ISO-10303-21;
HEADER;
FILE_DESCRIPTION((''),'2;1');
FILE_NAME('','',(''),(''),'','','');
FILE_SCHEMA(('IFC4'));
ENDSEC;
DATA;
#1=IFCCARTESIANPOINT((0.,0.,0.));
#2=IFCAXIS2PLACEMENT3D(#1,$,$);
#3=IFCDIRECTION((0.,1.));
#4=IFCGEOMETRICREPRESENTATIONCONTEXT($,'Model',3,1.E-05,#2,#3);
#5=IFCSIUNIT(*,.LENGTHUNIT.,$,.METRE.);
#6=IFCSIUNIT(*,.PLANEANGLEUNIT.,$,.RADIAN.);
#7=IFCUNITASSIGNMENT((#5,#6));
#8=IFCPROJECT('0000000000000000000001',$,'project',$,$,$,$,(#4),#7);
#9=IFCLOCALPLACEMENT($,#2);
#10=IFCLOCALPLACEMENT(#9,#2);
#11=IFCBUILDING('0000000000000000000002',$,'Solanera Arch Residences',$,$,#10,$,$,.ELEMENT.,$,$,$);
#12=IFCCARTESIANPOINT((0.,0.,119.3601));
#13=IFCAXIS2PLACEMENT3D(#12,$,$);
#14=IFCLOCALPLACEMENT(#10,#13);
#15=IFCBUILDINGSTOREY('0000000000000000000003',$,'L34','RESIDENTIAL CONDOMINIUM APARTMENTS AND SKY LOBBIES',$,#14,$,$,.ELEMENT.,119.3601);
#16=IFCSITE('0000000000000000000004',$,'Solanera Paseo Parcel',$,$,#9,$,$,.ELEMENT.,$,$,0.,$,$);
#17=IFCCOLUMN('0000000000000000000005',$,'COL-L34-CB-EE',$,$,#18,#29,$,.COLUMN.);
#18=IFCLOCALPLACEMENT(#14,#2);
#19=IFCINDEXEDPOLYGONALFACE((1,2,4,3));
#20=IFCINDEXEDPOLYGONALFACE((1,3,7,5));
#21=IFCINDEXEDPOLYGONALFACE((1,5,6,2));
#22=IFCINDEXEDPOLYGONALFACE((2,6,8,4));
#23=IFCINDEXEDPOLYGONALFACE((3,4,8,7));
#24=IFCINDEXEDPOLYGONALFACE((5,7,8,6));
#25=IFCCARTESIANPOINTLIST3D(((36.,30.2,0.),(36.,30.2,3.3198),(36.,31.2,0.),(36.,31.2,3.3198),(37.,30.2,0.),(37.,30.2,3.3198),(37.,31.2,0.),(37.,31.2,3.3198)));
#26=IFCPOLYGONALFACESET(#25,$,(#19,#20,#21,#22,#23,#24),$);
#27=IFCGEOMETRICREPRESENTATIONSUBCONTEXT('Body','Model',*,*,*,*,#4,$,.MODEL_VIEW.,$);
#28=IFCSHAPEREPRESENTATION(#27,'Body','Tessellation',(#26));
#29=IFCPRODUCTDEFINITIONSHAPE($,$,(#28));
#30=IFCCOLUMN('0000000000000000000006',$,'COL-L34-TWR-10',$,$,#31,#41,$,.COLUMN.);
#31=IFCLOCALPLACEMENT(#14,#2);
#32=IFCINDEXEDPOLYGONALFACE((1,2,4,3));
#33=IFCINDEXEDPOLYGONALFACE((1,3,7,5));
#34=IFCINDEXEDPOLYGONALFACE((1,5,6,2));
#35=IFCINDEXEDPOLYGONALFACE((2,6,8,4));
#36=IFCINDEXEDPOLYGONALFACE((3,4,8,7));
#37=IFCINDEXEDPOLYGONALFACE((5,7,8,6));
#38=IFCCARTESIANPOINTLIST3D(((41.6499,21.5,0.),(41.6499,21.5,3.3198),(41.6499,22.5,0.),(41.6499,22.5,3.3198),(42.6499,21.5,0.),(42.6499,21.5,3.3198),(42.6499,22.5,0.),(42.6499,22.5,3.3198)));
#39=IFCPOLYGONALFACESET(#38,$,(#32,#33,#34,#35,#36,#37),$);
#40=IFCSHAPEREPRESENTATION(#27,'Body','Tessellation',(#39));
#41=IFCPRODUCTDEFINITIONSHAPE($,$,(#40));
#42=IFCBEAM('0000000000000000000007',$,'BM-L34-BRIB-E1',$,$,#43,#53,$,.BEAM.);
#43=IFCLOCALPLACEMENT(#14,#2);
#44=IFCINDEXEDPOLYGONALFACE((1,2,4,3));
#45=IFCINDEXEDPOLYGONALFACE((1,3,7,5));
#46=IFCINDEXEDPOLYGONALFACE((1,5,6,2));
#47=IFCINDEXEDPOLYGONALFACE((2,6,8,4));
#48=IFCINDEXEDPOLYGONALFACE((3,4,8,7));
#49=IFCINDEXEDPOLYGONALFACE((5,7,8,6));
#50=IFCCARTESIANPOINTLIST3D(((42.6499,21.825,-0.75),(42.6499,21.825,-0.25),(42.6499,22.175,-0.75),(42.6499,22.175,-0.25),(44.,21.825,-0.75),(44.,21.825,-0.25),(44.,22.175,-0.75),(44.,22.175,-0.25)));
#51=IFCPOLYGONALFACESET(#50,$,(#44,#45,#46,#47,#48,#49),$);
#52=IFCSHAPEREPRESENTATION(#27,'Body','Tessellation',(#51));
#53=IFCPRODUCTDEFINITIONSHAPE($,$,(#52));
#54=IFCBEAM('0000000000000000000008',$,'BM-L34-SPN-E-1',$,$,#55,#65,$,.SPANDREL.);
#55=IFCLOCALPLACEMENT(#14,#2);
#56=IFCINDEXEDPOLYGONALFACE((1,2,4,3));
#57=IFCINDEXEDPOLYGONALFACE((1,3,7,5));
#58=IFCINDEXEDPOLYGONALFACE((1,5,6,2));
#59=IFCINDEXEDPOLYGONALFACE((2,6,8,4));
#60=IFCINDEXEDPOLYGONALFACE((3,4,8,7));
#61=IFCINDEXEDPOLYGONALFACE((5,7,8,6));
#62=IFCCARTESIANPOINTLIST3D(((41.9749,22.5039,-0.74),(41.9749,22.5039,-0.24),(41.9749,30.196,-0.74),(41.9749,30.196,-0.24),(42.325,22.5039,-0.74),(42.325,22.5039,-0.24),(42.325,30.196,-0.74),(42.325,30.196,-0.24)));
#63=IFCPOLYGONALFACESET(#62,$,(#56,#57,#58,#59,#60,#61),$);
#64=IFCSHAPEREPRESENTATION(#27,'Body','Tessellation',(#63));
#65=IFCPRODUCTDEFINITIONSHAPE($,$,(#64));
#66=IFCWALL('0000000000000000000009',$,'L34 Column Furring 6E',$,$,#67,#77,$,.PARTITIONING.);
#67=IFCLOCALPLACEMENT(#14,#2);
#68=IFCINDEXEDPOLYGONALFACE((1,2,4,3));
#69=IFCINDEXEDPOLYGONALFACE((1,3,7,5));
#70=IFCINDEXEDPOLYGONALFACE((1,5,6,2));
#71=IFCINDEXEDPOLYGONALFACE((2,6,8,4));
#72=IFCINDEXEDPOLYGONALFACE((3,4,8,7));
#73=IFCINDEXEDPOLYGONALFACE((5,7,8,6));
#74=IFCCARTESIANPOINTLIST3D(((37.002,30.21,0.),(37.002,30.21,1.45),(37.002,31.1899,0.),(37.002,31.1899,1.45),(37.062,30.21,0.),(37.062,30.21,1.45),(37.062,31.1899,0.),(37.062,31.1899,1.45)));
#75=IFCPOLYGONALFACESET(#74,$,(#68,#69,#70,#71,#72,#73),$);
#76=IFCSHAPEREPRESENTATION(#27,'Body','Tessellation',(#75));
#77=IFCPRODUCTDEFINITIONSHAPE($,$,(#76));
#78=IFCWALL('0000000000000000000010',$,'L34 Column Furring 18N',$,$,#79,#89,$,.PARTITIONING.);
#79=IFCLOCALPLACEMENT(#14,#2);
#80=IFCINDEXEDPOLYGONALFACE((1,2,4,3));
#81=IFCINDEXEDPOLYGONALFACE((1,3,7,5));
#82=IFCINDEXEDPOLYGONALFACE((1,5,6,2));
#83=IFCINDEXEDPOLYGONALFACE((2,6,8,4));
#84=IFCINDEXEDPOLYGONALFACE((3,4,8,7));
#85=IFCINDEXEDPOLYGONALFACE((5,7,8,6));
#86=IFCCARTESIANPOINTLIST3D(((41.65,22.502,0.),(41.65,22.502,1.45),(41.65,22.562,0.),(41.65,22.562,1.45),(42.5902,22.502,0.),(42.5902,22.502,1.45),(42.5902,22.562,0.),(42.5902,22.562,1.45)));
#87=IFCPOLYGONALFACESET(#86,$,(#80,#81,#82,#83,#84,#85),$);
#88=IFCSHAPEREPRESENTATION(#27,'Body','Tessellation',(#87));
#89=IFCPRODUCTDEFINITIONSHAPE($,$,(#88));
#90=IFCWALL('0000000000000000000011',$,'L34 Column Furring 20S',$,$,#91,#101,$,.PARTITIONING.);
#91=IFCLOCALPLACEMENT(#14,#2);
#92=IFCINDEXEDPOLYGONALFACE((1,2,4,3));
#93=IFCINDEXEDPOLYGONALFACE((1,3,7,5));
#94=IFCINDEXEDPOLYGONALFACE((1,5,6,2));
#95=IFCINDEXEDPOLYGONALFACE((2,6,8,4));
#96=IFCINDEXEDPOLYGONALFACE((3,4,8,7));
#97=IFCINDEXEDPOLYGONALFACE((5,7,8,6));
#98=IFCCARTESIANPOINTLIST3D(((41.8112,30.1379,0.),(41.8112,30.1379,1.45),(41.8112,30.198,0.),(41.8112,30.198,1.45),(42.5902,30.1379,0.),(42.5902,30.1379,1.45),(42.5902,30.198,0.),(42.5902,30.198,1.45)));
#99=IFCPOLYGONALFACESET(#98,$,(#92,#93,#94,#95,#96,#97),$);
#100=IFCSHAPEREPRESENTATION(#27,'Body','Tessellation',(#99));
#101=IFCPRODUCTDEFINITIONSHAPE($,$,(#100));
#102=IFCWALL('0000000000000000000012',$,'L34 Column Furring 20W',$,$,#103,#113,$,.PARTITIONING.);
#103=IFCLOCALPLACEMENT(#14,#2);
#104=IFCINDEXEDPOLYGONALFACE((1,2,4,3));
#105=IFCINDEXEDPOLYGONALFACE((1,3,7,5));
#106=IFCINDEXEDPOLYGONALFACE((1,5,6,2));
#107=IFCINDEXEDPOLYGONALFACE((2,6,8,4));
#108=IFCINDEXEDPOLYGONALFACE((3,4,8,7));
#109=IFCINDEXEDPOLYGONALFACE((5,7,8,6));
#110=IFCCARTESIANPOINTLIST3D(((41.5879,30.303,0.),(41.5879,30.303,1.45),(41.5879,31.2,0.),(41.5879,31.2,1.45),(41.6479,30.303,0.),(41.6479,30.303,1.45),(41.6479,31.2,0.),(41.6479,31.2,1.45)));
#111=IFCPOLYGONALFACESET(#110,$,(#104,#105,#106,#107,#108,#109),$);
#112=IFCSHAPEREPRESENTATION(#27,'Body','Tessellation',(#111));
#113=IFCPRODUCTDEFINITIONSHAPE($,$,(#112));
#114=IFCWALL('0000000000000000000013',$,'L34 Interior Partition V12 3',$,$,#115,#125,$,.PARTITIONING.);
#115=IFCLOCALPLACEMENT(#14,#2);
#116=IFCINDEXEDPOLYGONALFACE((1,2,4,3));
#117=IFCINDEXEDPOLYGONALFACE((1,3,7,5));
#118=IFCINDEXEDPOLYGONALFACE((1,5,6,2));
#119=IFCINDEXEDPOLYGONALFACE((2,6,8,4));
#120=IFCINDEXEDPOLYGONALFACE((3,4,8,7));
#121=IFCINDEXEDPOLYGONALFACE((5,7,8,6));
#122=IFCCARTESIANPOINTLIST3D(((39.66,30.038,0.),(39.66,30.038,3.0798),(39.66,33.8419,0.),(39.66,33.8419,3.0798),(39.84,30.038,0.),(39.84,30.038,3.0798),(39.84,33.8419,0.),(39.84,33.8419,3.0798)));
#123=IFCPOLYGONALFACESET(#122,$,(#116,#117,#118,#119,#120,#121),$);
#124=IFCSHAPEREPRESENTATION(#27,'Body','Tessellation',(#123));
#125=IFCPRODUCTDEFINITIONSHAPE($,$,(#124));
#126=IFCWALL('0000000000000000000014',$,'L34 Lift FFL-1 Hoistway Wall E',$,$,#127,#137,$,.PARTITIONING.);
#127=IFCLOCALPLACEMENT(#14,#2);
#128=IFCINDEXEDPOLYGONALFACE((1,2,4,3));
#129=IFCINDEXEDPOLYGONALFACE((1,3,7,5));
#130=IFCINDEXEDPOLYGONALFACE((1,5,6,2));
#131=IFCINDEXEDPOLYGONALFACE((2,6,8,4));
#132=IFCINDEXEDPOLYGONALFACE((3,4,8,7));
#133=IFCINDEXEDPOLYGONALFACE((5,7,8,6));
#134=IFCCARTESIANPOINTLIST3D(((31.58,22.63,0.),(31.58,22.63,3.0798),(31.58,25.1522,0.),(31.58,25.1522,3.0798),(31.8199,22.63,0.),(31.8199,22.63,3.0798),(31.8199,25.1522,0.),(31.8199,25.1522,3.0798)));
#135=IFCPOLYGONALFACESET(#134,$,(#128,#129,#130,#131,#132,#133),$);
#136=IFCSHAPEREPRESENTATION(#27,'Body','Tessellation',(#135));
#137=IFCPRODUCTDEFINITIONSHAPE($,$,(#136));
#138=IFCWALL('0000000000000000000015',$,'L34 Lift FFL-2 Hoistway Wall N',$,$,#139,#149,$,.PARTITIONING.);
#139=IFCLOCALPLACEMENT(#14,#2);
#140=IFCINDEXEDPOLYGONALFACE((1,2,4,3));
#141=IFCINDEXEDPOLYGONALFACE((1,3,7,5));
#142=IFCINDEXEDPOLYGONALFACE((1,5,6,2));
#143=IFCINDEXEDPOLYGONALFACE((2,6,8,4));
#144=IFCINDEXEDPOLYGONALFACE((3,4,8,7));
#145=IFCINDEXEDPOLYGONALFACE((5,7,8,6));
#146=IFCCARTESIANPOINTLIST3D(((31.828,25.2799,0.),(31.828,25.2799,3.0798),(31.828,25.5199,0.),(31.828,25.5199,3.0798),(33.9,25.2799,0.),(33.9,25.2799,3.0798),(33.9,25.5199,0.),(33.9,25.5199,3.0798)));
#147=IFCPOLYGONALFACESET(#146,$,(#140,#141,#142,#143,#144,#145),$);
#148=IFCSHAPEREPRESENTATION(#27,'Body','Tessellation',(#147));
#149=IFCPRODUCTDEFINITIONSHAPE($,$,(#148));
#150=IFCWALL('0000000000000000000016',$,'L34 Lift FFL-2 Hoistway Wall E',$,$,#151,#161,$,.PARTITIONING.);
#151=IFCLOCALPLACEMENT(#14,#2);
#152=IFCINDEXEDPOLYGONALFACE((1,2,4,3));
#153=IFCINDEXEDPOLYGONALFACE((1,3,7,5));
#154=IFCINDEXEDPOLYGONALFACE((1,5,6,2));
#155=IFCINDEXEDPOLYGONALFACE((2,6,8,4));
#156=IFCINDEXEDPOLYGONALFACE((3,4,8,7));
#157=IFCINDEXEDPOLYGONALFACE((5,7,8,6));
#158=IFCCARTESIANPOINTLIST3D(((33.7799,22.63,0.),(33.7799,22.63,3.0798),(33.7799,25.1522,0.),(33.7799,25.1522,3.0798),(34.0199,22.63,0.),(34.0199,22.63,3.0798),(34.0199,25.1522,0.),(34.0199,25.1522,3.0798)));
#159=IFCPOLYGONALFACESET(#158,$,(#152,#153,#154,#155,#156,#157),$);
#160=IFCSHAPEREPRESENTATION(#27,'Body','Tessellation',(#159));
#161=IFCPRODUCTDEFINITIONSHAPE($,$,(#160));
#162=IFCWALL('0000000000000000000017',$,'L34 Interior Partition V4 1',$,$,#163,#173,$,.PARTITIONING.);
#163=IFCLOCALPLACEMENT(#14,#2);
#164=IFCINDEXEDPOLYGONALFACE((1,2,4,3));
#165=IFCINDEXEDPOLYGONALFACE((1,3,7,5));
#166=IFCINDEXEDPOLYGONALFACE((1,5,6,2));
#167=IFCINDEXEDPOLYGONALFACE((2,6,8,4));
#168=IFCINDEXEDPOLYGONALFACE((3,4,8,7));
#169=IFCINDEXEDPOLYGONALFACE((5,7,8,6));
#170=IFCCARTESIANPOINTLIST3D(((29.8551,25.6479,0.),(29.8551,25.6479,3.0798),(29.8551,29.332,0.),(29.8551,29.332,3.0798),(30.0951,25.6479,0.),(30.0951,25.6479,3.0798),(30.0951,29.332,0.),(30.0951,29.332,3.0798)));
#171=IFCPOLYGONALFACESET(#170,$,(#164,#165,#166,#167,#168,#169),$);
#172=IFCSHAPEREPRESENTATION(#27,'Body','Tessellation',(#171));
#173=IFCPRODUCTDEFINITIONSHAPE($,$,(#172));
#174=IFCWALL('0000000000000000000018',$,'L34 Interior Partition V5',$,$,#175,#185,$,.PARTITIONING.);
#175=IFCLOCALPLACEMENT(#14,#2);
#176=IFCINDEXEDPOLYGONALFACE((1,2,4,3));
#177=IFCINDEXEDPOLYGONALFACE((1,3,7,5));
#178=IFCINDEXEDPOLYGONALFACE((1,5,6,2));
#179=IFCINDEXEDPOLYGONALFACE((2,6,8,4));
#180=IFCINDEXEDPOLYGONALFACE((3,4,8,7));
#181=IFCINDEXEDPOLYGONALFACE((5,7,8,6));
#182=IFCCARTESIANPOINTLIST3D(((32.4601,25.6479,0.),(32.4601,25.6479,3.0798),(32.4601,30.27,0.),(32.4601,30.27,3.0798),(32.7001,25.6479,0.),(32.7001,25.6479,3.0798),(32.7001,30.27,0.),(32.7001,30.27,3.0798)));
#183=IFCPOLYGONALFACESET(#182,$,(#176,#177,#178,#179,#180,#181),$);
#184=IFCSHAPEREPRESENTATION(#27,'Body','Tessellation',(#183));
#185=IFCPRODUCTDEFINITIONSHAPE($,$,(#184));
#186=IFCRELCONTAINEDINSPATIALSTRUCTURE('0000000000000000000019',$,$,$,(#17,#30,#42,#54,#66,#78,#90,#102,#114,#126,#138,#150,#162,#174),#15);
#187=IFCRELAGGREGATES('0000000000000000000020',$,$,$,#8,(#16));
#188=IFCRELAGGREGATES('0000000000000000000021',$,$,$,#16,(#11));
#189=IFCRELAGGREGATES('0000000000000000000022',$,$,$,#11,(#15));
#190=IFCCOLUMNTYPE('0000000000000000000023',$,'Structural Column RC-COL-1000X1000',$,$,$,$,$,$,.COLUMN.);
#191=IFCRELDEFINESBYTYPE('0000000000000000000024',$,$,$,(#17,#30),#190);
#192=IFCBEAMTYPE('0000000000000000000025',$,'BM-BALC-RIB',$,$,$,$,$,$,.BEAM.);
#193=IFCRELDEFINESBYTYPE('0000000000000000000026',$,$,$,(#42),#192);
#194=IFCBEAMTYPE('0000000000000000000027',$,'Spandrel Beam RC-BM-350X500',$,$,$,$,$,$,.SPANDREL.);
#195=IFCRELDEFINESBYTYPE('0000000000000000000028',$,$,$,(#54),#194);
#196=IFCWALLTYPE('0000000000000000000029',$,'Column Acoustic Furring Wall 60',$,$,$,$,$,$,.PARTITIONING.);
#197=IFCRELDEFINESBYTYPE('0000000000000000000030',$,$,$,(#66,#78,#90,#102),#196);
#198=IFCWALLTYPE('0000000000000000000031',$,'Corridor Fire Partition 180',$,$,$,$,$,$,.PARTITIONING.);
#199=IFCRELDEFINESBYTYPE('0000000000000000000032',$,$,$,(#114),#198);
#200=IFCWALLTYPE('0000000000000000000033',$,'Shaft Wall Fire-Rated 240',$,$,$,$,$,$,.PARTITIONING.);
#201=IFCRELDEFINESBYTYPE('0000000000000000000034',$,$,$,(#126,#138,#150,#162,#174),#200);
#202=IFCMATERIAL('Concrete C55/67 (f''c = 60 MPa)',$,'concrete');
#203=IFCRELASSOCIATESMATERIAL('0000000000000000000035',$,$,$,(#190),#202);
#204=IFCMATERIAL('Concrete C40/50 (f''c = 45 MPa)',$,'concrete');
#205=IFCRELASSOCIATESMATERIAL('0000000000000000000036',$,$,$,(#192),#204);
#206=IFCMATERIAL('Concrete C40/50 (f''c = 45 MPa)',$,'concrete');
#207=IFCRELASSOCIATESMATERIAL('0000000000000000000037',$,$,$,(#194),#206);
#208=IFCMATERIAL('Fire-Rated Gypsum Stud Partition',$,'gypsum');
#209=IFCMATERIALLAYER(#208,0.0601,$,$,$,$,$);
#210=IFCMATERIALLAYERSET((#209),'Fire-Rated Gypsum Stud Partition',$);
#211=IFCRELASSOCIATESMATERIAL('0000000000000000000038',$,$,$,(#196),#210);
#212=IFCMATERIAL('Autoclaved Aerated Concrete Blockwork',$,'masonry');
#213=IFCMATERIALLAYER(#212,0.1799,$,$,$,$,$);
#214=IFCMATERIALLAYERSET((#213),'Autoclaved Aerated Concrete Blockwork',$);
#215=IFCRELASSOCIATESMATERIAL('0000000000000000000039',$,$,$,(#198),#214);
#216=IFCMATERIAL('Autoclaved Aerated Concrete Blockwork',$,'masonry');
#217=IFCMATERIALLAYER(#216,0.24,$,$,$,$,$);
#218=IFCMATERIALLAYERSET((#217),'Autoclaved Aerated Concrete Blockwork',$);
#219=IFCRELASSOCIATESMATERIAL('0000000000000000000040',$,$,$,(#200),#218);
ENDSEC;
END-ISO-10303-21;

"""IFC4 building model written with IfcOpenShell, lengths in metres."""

from ifc_helpers import new_model, si_unit, direction, frame, frame_2d, origin, origin_2d, place, context, subcontext, project, spatial, rectangle, extrude, material, layer, layer_set, material_profile, profile_set, type_object, element, save


model = new_model("IFC4")

# Units and contexts
model_context = context("Model", 3, precision=1e-05, world=origin(), true_north=direction((0.0, 1.0)))
body_context = subcontext(model_context, "Body", "Model", "MODEL_VIEW")
ifc_project = project(units=[si_unit("LENGTHUNIT", "METRE"), si_unit("PLANEANGLEUNIT", "RADIAN")], contexts=[model_context])

# Site, building, storey
site_placement = place(None, origin())
site = spatial("IfcSite", under=ifc_project, at=site_placement, Name="Solanera Paseo Parcel", CompositionType="ELEMENT", RefElevation=0.0)
building_placement = place(site_placement, origin())
building = spatial("IfcBuilding", under=site, at=building_placement, Name="Solanera Arch Residences", CompositionType="ELEMENT")
storey_placement = place(building_placement, frame((0.0, 0.0, 119.3601)))
storey = spatial("IfcBuildingStorey", under=building, at=storey_placement, Name="L34", Description="RESIDENTIAL CONDOMINIUM APARTMENTS AND SKY LOBBIES", CompositionType="ELEMENT", Elevation=119.3601)

# Columns
ifc_material_1 = material(Name="Concrete C55/67 (f'c = 60 MPa)", Category="concrete")
ifc_material_profile_1 = material_profile(ifc_material_1, rectangle(XDim=1.0, YDim=1.0, at=origin_2d()))
ifc_profile_set_1 = profile_set([ifc_material_profile_1], Name="Concrete C55/67 (f'c = 60 MPa)")
column_type = type_object("IfcColumnType", Name="Structural Column RC-COL-1000X1000", PredefinedType="COLUMN", material=ifc_profile_set_1)
for number, where, z_axis, x_axis, name in (
    (1, (36.5, 30.7, 0.0), (0.0, 0.0, 1.0), (1.0, 0.0, 0.0), "COL-L34-CB-EE"),
    (2, (42.1499, 22.0, 0.0), (0.0, 0.0, 1.0), (1.0, 0.0, 0.0), "COL-L34-TWR-10"),
):
    element("IfcColumn", number, at=place(storey_placement, frame(where, z_axis=z_axis, x_axis=x_axis)), inside=storey, type_object=column_type, Name=name, PredefinedType="COLUMN", context=body_context, shape_type="SweptSolid", body=[
        extrude(rectangle(XDim=1.0, YDim=1.0, at=origin_2d()), origin(), (0.0, 0.0, 1.0), 3.3198),
    ])

# Beams
ifc_material_2 = material(Name="Concrete C40/50 (f'c = 45 MPa)", Category="concrete")
ifc_material_profile_2 = material_profile(ifc_material_2, rectangle(XDim=0.3501, YDim=0.5, at=origin_2d()))
ifc_profile_set_2 = profile_set([ifc_material_profile_2], Name="Concrete C40/50 (f'c = 45 MPa)")
beam_type_1 = type_object("IfcBeamType", Name="BM-BALC-RIB", PredefinedType="BEAM", material=ifc_profile_set_2)
beam_1_placement = place(storey_placement, frame((42.6499, 22.0, -0.5), z_axis=(1.0, 0.0, 0.0), x_axis=(0.0, 1.0, 0.0)))
element("IfcBeam", 3, at=beam_1_placement, inside=storey, type_object=beam_type_1, Name="BM-L34-BRIB-E1", PredefinedType="BEAM", context=body_context, shape_type="SweptSolid", body=[
    extrude(rectangle(XDim=0.3501, YDim=0.5, at=origin_2d()), origin(), (0.0, 0.0, 1.0), 1.3501),
])
ifc_material_3 = material(Name="Concrete C40/50 (f'c = 45 MPa)", Category="concrete")
ifc_material_profile_3 = material_profile(ifc_material_3, rectangle(XDim=0.3501, YDim=0.5, at=origin_2d()))
ifc_profile_set_3 = profile_set([ifc_material_profile_3], Name="Concrete C40/50 (f'c = 45 MPa)")
beam_type_2 = type_object("IfcBeamType", Name="Spandrel Beam RC-BM-350X500", PredefinedType="SPANDREL", material=ifc_profile_set_3)
beam_2_placement = place(storey_placement, frame((42.1499, 22.5039, -0.49), z_axis=(0.0, 1.0, 0.0), x_axis=(-1.0, 0.0, 0.0)))
element("IfcBeam", 4, at=beam_2_placement, inside=storey, type_object=beam_type_2, Name="BM-L34-SPN-E-1", PredefinedType="SPANDREL", context=body_context, shape_type="SweptSolid", body=[
    extrude(rectangle(XDim=0.3501, YDim=0.5, at=origin_2d()), origin(), (0.0, 0.0, 1.0), 7.6921),
])

# Walls
ifc_material_4 = material(Name="Fire-Rated Gypsum Stud Partition", Category="gypsum")
ifc_layer_1 = layer(ifc_material_4, 0.0601)
ifc_layer_set_1 = layer_set([ifc_layer_1], Name="Fire-Rated Gypsum Stud Partition")
wall_type_1 = type_object("IfcWallType", Name="Column Acoustic Furring Wall 60", PredefinedType="PARTITIONING", material=ifc_layer_set_1)
wall_1_placement = place(storey_placement, frame((37.032, 30.21, 0.0), z_axis=(0.0, 0.0, 1.0), x_axis=(0.0, 1.0, 0.0)))
element("IfcWall", 5, at=wall_1_placement, inside=storey, type_object=wall_type_1, Name="L34 Column Furring 6E", PredefinedType="PARTITIONING", context=body_context, shape_type="SweptSolid", body=[
    extrude(rectangle(XDim=0.98, YDim=0.0601, at=frame_2d((0.49, 0.0))), origin(), (0.0, 0.0, 1.0), 1.45),
])
wall_2_placement = place(storey_placement, frame((41.6499, 22.532, 0.0), z_axis=(0.0, 0.0, 1.0), x_axis=(1.0, 0.0, 0.0)))
element("IfcWall", 6, at=wall_2_placement, inside=storey, type_object=wall_type_1, Name="L34 Column Furring 18N", PredefinedType="PARTITIONING", context=body_context, shape_type="SweptSolid", body=[
    extrude(rectangle(XDim=0.9402, YDim=0.0601, at=frame_2d((0.4702, 0.0))), origin(), (0.0, 0.0, 1.0), 1.45),
])
wall_3_placement = place(storey_placement, frame((41.811, 30.168, 0.0), z_axis=(0.0, 0.0, 1.0), x_axis=(1.0, 0.0, 0.0)))
element("IfcWall", 7, at=wall_3_placement, inside=storey, type_object=wall_type_1, Name="L34 Column Furring 20S", PredefinedType="PARTITIONING", context=body_context, shape_type="SweptSolid", body=[
    extrude(rectangle(XDim=0.7791, YDim=0.0601, at=frame_2d((0.3896, 0.0))), origin(), (0.0, 0.0, 1.0), 1.45),
])
wall_4_placement = place(storey_placement, frame((41.6179, 30.303, 0.0), z_axis=(0.0, 0.0, 1.0), x_axis=(0.0, 1.0, 0.0)))
element("IfcWall", 8, at=wall_4_placement, inside=storey, type_object=wall_type_1, Name="L34 Column Furring 20W", PredefinedType="PARTITIONING", context=body_context, shape_type="SweptSolid", body=[
    extrude(rectangle(XDim=0.897, YDim=0.0601, at=frame_2d((0.4485, 0.0))), origin(), (0.0, 0.0, 1.0), 1.45),
])

# Shared definitions
ifc_material_5 = material(Name="Autoclaved Aerated Concrete Blockwork", Category="masonry")
ifc_layer_2 = layer(ifc_material_5, 0.1799)
ifc_layer_set_2 = layer_set([ifc_layer_2], Name="Autoclaved Aerated Concrete Blockwork")
wall_type_2 = type_object("IfcWallType", Name="Corridor Fire Partition 180", PredefinedType="PARTITIONING", material=ifc_layer_set_2)

# Walls
wall_5_placement = place(storey_placement, frame((39.75, 30.0381, 0.0), z_axis=(0.0, 0.0, 1.0), x_axis=(0.0, 1.0, 0.0)))
element("IfcWall", 9, at=wall_5_placement, inside=storey, type_object=wall_type_2, Name="L34 Interior Partition V12 3", PredefinedType="PARTITIONING", context=body_context, shape_type="SweptSolid", body=[
    extrude(rectangle(XDim=3.804, YDim=0.1799, at=frame_2d((1.9019, 0.0))), origin(), (0.0, 0.0, 1.0), 3.0798),
])
ifc_material_6 = material(Name="Autoclaved Aerated Concrete Blockwork", Category="masonry")
ifc_layer_3 = layer(ifc_material_6, 0.24)
ifc_layer_set_3 = layer_set([ifc_layer_3], Name="Autoclaved Aerated Concrete Blockwork")
wall_type_3 = type_object("IfcWallType", Name="Shaft Wall Fire-Rated 240", PredefinedType="PARTITIONING", material=ifc_layer_set_3)
wall_6_placement = place(storey_placement, frame((31.7, 22.6299, 0.0), z_axis=(0.0, 0.0, 1.0), x_axis=(0.0, 1.0, 0.0)))
element("IfcWall", 10, at=wall_6_placement, inside=storey, type_object=wall_type_3, Name="L34 Lift FFL-1 Hoistway Wall E", PredefinedType="PARTITIONING", context=body_context, shape_type="SweptSolid", body=[
    extrude(rectangle(XDim=2.5222, YDim=0.24, at=frame_2d((1.2612, 0.0))), origin(), (0.0, 0.0, 1.0), 3.0798),
])
wall_7_placement = place(storey_placement, frame((31.8279, 25.3999, 0.0), z_axis=(0.0, 0.0, 1.0), x_axis=(1.0, 0.0, 0.0)))
element("IfcWall", 11, at=wall_7_placement, inside=storey, type_object=wall_type_3, Name="L34 Lift FFL-2 Hoistway Wall N", PredefinedType="PARTITIONING", context=body_context, shape_type="SweptSolid", body=[
    extrude(rectangle(XDim=2.072, YDim=0.24, at=frame_2d((1.0361, 0.0))), origin(), (0.0, 0.0, 1.0), 3.0798),
])
wall_8_placement = place(storey_placement, frame((33.8999, 22.6299, 0.0), z_axis=(0.0, 0.0, 1.0), x_axis=(0.0, 1.0, 0.0)))
element("IfcWall", 12, at=wall_8_placement, inside=storey, type_object=wall_type_3, Name="L34 Lift FFL-2 Hoistway Wall E", PredefinedType="PARTITIONING", context=body_context, shape_type="SweptSolid", body=[
    extrude(rectangle(XDim=2.5222, YDim=0.24, at=frame_2d((1.2612, 0.0))), origin(), (0.0, 0.0, 1.0), 3.0798),
])
wall_9_placement = place(storey_placement, frame((29.9751, 25.6479, 0.0), z_axis=(0.0, 0.0, 1.0), x_axis=(0.0, 1.0, 0.0)))
element("IfcWall", 13, at=wall_9_placement, inside=storey, type_object=wall_type_3, Name="L34 Interior Partition V4 1", PredefinedType="PARTITIONING", context=body_context, shape_type="SweptSolid", body=[
    extrude(rectangle(XDim=3.6841, YDim=0.24, at=frame_2d((1.842, 0.0))), origin(), (0.0, 0.0, 1.0), 3.0798),
])

# Wall
wall_10_placement = place(storey_placement, frame((32.5801, 25.6479, 0.0), z_axis=(0.0, 0.0, 1.0), x_axis=(0.0, 1.0, 0.0)))
element("IfcWall", 14, at=wall_10_placement, inside=storey, type_object=wall_type_3, Name="L34 Interior Partition V5", PredefinedType="PARTITIONING", context=body_context, shape_type="SweptSolid", body=[
    extrude(rectangle(XDim=4.6221, YDim=0.24, at=frame_2d((2.311, 0.0))), origin(), (0.0, 0.0, 1.0), 3.0798),
])

save(model, "model.ifc")
